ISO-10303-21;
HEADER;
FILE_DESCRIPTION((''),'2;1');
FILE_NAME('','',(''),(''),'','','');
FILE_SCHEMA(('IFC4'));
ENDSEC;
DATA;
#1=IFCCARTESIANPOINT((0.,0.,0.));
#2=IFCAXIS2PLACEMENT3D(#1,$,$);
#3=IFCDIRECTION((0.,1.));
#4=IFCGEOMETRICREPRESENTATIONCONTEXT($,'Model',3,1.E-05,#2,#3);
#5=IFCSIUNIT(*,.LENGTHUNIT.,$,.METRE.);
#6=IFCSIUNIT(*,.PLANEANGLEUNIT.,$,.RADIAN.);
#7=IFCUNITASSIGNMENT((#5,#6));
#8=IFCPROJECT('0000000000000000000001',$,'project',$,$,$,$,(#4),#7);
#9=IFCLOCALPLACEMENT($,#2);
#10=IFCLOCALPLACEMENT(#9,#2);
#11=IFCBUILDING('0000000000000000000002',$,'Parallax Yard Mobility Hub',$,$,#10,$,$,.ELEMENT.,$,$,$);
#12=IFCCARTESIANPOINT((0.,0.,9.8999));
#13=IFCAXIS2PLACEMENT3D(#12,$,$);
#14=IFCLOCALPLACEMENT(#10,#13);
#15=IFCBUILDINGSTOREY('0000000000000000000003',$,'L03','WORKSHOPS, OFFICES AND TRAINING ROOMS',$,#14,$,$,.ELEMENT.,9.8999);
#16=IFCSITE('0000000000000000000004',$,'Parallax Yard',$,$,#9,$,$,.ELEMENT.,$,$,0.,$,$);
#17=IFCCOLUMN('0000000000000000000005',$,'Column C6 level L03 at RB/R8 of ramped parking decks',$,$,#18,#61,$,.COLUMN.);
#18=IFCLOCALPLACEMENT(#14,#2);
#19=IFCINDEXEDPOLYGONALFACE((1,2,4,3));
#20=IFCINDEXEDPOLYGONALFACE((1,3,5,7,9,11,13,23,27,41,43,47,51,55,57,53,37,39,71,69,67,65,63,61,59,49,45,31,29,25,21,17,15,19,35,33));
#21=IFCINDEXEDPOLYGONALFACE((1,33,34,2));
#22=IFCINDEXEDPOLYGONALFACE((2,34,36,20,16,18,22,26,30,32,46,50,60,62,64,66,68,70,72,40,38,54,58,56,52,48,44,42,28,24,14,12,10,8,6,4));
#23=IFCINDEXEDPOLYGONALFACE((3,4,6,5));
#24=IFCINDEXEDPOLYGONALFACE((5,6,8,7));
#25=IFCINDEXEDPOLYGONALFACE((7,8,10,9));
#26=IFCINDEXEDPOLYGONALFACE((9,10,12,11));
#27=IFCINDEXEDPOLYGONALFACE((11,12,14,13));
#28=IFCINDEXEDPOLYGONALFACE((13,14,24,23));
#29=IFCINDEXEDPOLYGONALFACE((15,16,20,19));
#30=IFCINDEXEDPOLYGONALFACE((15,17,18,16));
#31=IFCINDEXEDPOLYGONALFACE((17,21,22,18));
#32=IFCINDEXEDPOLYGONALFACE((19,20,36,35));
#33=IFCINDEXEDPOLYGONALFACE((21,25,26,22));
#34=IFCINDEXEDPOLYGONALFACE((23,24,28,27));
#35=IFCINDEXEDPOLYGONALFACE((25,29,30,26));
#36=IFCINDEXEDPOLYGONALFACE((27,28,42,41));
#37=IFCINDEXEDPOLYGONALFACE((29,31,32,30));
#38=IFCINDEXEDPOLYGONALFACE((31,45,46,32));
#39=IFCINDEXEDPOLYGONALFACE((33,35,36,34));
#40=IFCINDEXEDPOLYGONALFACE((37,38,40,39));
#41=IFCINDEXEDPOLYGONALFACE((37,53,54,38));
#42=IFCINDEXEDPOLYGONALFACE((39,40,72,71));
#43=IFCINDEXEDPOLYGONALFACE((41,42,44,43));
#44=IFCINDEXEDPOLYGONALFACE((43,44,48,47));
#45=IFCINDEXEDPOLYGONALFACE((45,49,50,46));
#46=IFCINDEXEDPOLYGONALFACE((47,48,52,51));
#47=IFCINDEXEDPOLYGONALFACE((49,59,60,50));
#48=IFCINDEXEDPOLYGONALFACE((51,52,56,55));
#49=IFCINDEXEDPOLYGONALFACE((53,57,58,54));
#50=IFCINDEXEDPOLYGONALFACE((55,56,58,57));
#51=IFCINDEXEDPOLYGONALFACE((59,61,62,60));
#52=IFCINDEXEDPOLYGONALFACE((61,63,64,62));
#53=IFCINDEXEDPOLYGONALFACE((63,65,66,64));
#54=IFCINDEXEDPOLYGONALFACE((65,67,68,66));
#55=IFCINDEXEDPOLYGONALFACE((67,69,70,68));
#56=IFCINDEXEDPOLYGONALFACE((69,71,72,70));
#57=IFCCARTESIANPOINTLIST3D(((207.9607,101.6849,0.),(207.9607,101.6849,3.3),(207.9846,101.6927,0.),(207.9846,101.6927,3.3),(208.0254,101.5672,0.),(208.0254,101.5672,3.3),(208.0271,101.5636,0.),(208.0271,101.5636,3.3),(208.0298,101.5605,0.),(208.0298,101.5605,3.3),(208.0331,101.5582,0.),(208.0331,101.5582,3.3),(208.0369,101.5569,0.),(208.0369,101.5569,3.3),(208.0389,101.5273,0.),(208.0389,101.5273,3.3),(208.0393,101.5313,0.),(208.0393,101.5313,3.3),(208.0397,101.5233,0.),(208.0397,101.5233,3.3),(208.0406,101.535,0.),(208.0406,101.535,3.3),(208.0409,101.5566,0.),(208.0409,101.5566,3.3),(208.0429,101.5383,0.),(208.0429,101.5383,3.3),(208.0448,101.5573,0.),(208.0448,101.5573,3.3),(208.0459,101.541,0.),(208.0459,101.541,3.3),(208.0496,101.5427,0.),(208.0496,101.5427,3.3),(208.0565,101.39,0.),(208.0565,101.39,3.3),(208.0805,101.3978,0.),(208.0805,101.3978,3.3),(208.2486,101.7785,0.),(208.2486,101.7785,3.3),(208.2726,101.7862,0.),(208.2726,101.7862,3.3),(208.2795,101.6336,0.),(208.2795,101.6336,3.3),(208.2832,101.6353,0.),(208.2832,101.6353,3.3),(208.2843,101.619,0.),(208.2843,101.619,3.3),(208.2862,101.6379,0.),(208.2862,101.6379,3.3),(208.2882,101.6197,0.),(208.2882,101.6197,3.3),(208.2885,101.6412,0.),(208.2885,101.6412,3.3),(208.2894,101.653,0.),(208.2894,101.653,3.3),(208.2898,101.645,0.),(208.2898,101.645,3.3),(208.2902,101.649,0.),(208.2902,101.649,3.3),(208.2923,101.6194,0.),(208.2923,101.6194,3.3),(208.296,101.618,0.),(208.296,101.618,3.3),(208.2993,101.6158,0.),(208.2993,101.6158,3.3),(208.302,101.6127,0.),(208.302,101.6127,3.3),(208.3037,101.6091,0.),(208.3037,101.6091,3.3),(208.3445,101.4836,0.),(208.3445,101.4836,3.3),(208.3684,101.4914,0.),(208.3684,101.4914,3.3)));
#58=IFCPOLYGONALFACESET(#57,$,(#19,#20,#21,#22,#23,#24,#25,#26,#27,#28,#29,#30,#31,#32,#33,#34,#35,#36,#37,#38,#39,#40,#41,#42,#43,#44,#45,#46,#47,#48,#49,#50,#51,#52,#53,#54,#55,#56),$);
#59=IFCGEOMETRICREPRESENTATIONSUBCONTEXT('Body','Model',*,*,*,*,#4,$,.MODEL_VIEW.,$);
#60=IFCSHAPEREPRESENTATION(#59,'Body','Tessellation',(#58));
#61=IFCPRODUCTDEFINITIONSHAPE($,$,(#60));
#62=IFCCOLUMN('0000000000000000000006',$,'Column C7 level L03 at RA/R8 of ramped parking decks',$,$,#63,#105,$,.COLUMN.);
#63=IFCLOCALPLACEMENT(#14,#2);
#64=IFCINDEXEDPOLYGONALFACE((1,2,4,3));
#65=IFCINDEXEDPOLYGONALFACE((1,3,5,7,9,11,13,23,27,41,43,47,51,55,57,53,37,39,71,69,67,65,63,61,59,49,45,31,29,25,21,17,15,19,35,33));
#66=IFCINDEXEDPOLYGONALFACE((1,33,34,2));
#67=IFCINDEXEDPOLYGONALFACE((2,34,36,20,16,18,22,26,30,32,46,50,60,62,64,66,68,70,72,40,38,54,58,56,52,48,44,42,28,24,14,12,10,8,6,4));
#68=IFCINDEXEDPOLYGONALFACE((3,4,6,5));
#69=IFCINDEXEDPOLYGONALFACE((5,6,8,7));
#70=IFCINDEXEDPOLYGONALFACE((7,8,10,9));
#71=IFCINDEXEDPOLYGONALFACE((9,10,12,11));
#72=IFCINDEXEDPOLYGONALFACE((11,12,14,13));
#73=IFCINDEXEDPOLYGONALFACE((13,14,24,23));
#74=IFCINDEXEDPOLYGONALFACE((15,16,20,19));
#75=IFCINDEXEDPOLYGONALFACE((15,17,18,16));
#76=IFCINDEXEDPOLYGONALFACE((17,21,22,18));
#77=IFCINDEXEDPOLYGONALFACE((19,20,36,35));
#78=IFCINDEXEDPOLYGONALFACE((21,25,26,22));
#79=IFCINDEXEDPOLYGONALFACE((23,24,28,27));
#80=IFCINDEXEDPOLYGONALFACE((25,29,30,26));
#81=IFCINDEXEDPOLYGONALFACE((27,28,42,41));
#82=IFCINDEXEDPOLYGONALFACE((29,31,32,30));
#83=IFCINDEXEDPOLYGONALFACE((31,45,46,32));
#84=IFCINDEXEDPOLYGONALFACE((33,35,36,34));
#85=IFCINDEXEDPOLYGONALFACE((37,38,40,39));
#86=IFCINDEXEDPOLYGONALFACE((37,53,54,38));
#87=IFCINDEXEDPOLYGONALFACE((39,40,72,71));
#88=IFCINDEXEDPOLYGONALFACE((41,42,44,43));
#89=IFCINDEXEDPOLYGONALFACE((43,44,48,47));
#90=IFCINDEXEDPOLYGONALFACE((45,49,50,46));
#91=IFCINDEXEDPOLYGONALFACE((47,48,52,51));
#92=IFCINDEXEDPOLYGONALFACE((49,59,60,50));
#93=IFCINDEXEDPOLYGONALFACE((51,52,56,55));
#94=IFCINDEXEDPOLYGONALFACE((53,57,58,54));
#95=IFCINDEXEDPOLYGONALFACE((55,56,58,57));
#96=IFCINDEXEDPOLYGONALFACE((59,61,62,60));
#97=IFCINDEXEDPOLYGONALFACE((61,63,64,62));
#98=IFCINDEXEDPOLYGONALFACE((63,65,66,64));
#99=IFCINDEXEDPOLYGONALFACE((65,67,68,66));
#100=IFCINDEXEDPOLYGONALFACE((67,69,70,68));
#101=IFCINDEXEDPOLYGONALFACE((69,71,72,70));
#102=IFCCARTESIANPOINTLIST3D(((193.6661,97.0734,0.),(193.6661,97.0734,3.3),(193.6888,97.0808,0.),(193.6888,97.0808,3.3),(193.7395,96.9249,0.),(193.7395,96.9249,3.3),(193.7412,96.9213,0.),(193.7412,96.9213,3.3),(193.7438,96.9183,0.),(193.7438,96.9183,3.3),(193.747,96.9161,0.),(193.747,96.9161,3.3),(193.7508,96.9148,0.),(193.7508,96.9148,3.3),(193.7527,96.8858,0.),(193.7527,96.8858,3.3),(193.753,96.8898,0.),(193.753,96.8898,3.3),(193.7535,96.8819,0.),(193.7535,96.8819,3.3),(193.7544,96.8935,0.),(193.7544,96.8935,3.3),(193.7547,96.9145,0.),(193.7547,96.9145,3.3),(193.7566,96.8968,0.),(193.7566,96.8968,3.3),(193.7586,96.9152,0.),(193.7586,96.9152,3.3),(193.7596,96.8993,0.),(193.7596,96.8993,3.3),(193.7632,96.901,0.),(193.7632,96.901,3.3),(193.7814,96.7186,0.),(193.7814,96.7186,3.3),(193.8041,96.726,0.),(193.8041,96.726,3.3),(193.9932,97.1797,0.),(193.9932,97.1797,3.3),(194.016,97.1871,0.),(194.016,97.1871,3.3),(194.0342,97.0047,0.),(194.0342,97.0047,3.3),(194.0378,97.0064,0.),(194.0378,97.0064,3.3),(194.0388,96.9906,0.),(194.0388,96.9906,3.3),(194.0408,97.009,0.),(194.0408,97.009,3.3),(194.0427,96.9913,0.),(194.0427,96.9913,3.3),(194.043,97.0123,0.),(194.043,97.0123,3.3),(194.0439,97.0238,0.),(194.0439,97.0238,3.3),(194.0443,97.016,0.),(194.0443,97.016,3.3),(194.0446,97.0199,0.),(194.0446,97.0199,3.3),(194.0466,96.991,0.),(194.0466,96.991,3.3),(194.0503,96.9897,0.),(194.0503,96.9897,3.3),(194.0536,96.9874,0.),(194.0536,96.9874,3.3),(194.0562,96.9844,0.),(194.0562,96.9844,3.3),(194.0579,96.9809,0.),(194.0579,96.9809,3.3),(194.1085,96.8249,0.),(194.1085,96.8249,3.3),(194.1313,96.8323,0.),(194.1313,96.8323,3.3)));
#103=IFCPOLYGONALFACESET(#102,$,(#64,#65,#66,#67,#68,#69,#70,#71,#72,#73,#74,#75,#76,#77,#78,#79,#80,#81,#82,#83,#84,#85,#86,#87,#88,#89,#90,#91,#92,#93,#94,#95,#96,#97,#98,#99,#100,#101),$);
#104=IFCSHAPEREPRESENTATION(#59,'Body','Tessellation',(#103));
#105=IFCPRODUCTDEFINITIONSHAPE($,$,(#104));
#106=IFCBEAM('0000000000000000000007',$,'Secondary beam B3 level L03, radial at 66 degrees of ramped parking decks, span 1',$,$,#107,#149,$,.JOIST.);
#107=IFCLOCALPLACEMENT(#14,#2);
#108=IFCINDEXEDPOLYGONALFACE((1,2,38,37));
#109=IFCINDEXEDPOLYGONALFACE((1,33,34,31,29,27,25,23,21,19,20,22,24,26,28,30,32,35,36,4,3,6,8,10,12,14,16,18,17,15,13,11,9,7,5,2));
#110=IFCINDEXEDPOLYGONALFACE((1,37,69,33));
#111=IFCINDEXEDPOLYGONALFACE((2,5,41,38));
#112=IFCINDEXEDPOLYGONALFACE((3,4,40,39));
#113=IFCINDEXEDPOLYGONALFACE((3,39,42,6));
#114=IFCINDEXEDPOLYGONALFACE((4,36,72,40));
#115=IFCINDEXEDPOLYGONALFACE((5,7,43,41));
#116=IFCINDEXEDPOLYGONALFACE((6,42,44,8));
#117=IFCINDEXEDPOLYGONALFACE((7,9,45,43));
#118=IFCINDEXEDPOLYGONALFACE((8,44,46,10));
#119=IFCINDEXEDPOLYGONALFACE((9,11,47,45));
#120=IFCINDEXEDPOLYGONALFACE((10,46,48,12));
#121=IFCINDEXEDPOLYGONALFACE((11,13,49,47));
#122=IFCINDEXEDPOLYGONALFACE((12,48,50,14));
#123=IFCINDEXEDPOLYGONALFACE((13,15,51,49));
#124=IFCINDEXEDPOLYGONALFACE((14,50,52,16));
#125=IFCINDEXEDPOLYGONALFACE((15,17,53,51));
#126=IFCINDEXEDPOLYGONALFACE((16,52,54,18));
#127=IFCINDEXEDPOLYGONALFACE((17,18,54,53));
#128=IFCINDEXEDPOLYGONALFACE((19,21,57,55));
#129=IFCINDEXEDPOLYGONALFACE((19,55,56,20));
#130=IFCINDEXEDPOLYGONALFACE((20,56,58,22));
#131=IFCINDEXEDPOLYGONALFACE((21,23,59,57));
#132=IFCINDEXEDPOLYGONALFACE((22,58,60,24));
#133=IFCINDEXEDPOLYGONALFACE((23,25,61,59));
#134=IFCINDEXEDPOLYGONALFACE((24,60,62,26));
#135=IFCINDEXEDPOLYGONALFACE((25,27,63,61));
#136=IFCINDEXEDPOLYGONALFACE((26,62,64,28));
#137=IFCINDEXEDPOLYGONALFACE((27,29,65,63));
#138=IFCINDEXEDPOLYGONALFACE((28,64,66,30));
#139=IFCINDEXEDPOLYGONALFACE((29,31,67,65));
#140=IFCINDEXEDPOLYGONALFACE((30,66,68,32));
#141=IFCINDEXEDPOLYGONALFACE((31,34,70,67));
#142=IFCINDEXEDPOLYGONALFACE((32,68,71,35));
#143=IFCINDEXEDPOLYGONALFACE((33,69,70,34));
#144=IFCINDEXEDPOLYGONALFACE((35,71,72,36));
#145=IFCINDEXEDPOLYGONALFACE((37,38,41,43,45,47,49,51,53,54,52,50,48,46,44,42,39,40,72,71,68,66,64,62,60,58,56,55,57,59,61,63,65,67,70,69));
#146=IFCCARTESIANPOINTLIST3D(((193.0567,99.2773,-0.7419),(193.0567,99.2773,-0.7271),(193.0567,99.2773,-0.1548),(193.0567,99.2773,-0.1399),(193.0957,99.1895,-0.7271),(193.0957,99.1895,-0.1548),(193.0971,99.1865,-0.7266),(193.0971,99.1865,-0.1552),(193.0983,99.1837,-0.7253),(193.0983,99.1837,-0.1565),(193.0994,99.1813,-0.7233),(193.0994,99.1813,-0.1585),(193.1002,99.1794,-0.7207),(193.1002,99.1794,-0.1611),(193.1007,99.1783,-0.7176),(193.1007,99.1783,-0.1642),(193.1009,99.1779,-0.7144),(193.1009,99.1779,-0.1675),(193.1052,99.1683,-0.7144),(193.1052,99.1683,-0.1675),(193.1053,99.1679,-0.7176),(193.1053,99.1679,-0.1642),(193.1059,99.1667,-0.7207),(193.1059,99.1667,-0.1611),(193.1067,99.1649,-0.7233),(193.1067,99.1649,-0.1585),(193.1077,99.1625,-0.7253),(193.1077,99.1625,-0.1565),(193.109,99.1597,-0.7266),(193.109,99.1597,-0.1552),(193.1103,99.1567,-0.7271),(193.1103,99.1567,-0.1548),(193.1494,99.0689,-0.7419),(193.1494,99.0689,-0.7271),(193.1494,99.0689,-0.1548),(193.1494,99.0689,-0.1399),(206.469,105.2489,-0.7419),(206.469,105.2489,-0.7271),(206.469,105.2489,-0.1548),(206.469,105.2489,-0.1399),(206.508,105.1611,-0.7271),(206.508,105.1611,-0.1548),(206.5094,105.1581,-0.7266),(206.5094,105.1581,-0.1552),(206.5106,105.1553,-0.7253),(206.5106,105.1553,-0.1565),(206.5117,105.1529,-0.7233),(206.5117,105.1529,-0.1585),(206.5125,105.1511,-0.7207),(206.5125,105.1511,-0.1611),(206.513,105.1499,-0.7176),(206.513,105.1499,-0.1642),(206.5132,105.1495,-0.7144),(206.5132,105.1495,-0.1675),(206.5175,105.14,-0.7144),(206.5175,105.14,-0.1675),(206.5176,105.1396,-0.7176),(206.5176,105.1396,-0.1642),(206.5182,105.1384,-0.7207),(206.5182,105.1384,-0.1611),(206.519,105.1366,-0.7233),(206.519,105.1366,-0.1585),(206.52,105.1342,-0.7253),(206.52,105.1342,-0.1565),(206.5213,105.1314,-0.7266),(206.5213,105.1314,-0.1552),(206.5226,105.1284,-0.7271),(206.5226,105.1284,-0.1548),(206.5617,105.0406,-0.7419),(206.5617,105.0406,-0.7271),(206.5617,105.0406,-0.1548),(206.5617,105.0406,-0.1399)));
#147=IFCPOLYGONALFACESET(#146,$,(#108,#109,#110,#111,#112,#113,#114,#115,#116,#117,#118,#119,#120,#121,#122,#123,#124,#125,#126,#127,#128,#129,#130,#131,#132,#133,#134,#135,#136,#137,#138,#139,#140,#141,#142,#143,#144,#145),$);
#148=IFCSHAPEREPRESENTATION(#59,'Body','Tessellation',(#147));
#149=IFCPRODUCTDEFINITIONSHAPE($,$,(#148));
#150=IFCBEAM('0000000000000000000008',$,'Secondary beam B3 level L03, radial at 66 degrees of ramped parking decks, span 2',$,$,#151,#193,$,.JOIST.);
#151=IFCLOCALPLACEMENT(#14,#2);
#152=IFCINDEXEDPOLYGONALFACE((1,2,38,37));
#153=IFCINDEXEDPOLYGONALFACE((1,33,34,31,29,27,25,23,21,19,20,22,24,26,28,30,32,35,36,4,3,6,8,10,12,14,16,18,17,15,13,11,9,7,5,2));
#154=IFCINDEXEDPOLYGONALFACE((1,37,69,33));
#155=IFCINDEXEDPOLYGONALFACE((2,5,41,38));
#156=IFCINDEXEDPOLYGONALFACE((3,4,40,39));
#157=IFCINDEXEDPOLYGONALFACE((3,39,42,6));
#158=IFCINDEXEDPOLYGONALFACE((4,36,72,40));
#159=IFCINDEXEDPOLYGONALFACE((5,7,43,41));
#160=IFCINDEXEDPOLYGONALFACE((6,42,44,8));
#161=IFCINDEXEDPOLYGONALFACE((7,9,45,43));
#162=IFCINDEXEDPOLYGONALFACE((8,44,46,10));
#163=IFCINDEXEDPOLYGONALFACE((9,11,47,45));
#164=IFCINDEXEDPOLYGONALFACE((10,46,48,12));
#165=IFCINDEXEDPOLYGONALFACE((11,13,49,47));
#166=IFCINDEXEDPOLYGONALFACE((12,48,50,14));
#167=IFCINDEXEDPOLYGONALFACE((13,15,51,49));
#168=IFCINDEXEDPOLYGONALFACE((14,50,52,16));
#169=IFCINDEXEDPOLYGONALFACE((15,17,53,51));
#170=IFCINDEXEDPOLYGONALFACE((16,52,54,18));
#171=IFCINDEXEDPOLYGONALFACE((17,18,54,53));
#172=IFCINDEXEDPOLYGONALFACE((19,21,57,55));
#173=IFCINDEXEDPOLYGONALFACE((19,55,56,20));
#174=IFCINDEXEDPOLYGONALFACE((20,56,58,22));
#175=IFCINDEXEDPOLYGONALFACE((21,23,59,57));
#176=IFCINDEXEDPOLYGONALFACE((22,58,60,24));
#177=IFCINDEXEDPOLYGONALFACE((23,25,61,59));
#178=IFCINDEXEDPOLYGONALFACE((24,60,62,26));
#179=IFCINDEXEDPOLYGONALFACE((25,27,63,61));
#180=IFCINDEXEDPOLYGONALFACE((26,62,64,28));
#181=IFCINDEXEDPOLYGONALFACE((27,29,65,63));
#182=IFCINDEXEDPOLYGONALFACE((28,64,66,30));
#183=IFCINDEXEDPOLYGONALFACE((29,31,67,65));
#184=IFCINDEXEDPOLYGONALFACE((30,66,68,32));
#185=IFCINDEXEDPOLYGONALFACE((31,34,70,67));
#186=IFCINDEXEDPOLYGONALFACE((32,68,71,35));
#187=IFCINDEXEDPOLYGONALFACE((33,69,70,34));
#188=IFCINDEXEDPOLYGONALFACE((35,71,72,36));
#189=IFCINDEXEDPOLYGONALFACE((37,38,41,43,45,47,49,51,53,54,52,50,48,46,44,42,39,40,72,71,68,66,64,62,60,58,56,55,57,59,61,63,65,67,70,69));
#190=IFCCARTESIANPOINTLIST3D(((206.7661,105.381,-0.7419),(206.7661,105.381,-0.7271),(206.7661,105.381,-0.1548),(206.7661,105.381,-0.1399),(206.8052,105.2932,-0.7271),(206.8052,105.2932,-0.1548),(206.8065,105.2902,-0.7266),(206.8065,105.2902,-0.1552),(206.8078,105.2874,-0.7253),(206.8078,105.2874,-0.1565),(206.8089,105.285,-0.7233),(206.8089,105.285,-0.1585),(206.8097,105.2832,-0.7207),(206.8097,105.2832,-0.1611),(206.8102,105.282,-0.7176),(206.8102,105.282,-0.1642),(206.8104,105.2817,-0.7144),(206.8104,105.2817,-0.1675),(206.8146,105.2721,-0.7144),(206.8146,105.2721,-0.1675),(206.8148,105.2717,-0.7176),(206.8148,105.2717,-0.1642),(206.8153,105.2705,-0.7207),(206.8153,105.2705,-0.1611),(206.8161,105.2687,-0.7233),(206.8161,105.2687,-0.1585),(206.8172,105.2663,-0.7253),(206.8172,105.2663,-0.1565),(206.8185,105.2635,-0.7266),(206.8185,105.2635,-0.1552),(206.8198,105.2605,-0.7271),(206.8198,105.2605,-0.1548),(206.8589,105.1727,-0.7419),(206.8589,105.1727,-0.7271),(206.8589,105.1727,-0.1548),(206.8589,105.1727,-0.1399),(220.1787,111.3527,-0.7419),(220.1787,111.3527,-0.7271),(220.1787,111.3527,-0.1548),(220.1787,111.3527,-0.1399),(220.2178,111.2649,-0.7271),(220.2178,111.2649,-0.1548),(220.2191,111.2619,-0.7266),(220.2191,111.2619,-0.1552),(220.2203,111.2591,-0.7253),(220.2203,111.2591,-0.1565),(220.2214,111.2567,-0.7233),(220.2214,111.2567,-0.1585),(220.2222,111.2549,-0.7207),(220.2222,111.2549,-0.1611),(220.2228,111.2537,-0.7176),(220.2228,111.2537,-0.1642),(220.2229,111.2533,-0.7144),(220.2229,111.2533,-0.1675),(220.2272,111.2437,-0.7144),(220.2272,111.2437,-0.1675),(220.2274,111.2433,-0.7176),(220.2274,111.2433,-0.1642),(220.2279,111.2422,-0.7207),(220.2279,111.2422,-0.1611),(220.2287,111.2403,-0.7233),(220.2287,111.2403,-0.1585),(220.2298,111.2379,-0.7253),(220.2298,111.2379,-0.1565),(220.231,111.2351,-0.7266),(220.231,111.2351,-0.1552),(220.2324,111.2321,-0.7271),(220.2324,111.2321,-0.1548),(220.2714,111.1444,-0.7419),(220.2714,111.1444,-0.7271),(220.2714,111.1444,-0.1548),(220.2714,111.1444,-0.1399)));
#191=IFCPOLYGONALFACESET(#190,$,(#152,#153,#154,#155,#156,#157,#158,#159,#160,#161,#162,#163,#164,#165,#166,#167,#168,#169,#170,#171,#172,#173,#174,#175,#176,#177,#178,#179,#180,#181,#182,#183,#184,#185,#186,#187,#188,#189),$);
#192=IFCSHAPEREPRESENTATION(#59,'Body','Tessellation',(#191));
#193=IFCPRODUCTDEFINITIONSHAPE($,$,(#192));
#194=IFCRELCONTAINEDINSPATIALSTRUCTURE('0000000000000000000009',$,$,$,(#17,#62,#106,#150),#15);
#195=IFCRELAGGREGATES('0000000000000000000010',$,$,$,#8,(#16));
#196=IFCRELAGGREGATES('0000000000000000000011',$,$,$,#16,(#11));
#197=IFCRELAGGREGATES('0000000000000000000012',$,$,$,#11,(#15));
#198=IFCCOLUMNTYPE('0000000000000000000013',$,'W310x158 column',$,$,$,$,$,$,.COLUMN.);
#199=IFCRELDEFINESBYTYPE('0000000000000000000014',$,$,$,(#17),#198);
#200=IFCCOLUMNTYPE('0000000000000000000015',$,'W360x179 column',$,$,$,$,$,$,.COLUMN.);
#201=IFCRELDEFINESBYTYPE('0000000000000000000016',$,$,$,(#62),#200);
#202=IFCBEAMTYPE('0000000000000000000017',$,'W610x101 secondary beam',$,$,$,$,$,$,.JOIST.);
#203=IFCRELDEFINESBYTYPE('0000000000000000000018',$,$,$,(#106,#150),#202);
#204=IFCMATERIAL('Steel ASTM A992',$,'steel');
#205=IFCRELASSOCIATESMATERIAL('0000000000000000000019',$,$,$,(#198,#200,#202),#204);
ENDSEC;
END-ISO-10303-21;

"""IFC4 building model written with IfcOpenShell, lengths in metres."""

from ifc_helpers import new_model, si_unit, direction, frame, origin, origin_2d, place, context, subcontext, project, spatial, i_section, extrude, material, material_profile, profile_set, type_object, element, save


model = new_model("IFC4")

# Units and contexts
model_context = context("Model", 3, precision=1e-05, world=origin(), true_north=direction((0.0, 1.0)))
body_context = subcontext(model_context, "Body", "Model", "MODEL_VIEW")
ifc_project = project(units=[si_unit("LENGTHUNIT", "METRE"), si_unit("PLANEANGLEUNIT", "RADIAN")], contexts=[model_context])

# Site, building, storey
site_placement = place(None, origin())
site = spatial("IfcSite", under=ifc_project, at=site_placement, Name="Parallax Yard", CompositionType="ELEMENT", RefElevation=0.0)
building_placement = place(site_placement, origin())
building = spatial("IfcBuilding", under=site, at=building_placement, Name="Parallax Yard Mobility Hub", CompositionType="ELEMENT")
storey_placement = place(building_placement, frame((0.0, 0.0, 9.8999)))
storey = spatial("IfcBuildingStorey", under=building, at=storey_placement, Name="L03", Description="WORKSHOPS, OFFICES AND TRAINING ROOMS", CompositionType="ELEMENT", Elevation=9.8999)

# Columns
ifc_material_1 = material(Name="Steel ASTM A992", Category="steel")
ifc_material_profile_1 = material_profile(ifc_material_1, i_section(OverallWidth=0.3101, OverallDepth=0.3279, WebThickness=0.0154, FlangeThickness=0.0251, FilletRadius=0.0154, at=origin_2d()), Name="W310x158")
ifc_profile_set_1 = profile_set([ifc_material_profile_1], Name="Steel ASTM A992")
column_type_1 = type_object("IfcColumnType", Name="W310x158 column", PredefinedType="COLUMN", material=ifc_profile_set_1)
column_1_placement = place(storey_placement, frame((208.1646, 101.5881, 0.0), z_axis=(0.0, 0.0, 1.0), x_axis=(-0.309017, 0.951057, 0.0)))
element("IfcColumn", 1, at=column_1_placement, inside=storey, type_object=column_type_1, Name="Column C6 level L03 at RB/R8 of ramped parking decks", PredefinedType="COLUMN", context=body_context, shape_type="SweptSolid", body=[
    extrude(i_section(OverallWidth=0.3101, OverallDepth=0.3279, WebThickness=0.0154, FlangeThickness=0.0251, FilletRadius=0.0154, at=origin_2d()), origin(), (0.0, 0.0, 1.0), 3.3),
])
ifc_material_profile_2 = material_profile(ifc_material_1, i_section(OverallWidth=0.373, OverallDepth=0.3679, WebThickness=0.0149, FlangeThickness=0.0239, FilletRadius=0.0151, at=origin_2d()), Name="W360x179")
ifc_profile_set_2 = profile_set([ifc_material_profile_2], Name="Steel ASTM A992")
column_type_2 = type_object("IfcColumnType", Name="W360x179 column", PredefinedType="COLUMN", material=ifc_profile_set_2)
column_2_placement = place(storey_placement, frame((193.8987, 96.9529, 0.0), z_axis=(0.0, 0.0, 1.0), x_axis=(-0.309017, 0.951057, 0.0)))
element("IfcColumn", 2, at=column_2_placement, inside=storey, type_object=column_type_2, Name="Column C7 level L03 at RA/R8 of ramped parking decks", PredefinedType="COLUMN", context=body_context, shape_type="SweptSolid", body=[
    extrude(i_section(OverallWidth=0.373, OverallDepth=0.3679, WebThickness=0.0149, FlangeThickness=0.0239, FilletRadius=0.0151, at=origin_2d()), origin(), (0.0, 0.0, 1.0), 3.3),
])

# Beams
ifc_material_profile_3 = material_profile(ifc_material_1, i_section(OverallWidth=0.228, OverallDepth=0.6021, WebThickness=0.0105, FlangeThickness=0.0149, FilletRadius=0.0127, at=origin_2d()), Name="W610x101")
ifc_profile_set_3 = profile_set([ifc_material_profile_3], Name="Steel ASTM A992")
beam_type_1 = type_object("IfcBeamType", Name="W610x101 secondary beam", PredefinedType="JOIST", material=ifc_profile_set_3)
beam_1_placement = place(storey_placement, frame((193.103, 99.1731, -0.4409), z_axis=(0.913543, 0.406743, 0.0), x_axis=(-0.406743, 0.913543, 0.0)))
element("IfcBeam", 3, at=beam_1_placement, inside=storey, type_object=beam_type_1, Name="Secondary beam B3 level L03, radial at 66 degrees of ramped parking decks, span 1", PredefinedType="JOIST", context=body_context, shape_type="SweptSolid", body=[
    extrude(i_section(OverallWidth=0.228, OverallDepth=0.6021, WebThickness=0.0105, FlangeThickness=0.0149, FilletRadius=0.0127, at=origin_2d()), origin(), (0.0, 0.0, 1.0), 14.6816),
])
beam_2_placement = place(storey_placement, frame((206.8125, 105.2769, -0.4409), z_axis=(0.913545, 0.406737, 0.0), x_axis=(-0.406737, 0.913545, 0.0)))
element("IfcBeam", 4, at=beam_2_placement, inside=storey, type_object=beam_type_1, Name="Secondary beam B3 level L03, radial at 66 degrees of ramped parking decks, span 2", PredefinedType="JOIST", context=body_context, shape_type="SweptSolid", body=[
    extrude(i_section(OverallWidth=0.228, OverallDepth=0.6021, WebThickness=0.0105, FlangeThickness=0.0149, FilletRadius=0.0127, at=origin_2d()), origin(), (0.0, 0.0, 1.0), 14.6819),
])

save(model, "model.ifc")
